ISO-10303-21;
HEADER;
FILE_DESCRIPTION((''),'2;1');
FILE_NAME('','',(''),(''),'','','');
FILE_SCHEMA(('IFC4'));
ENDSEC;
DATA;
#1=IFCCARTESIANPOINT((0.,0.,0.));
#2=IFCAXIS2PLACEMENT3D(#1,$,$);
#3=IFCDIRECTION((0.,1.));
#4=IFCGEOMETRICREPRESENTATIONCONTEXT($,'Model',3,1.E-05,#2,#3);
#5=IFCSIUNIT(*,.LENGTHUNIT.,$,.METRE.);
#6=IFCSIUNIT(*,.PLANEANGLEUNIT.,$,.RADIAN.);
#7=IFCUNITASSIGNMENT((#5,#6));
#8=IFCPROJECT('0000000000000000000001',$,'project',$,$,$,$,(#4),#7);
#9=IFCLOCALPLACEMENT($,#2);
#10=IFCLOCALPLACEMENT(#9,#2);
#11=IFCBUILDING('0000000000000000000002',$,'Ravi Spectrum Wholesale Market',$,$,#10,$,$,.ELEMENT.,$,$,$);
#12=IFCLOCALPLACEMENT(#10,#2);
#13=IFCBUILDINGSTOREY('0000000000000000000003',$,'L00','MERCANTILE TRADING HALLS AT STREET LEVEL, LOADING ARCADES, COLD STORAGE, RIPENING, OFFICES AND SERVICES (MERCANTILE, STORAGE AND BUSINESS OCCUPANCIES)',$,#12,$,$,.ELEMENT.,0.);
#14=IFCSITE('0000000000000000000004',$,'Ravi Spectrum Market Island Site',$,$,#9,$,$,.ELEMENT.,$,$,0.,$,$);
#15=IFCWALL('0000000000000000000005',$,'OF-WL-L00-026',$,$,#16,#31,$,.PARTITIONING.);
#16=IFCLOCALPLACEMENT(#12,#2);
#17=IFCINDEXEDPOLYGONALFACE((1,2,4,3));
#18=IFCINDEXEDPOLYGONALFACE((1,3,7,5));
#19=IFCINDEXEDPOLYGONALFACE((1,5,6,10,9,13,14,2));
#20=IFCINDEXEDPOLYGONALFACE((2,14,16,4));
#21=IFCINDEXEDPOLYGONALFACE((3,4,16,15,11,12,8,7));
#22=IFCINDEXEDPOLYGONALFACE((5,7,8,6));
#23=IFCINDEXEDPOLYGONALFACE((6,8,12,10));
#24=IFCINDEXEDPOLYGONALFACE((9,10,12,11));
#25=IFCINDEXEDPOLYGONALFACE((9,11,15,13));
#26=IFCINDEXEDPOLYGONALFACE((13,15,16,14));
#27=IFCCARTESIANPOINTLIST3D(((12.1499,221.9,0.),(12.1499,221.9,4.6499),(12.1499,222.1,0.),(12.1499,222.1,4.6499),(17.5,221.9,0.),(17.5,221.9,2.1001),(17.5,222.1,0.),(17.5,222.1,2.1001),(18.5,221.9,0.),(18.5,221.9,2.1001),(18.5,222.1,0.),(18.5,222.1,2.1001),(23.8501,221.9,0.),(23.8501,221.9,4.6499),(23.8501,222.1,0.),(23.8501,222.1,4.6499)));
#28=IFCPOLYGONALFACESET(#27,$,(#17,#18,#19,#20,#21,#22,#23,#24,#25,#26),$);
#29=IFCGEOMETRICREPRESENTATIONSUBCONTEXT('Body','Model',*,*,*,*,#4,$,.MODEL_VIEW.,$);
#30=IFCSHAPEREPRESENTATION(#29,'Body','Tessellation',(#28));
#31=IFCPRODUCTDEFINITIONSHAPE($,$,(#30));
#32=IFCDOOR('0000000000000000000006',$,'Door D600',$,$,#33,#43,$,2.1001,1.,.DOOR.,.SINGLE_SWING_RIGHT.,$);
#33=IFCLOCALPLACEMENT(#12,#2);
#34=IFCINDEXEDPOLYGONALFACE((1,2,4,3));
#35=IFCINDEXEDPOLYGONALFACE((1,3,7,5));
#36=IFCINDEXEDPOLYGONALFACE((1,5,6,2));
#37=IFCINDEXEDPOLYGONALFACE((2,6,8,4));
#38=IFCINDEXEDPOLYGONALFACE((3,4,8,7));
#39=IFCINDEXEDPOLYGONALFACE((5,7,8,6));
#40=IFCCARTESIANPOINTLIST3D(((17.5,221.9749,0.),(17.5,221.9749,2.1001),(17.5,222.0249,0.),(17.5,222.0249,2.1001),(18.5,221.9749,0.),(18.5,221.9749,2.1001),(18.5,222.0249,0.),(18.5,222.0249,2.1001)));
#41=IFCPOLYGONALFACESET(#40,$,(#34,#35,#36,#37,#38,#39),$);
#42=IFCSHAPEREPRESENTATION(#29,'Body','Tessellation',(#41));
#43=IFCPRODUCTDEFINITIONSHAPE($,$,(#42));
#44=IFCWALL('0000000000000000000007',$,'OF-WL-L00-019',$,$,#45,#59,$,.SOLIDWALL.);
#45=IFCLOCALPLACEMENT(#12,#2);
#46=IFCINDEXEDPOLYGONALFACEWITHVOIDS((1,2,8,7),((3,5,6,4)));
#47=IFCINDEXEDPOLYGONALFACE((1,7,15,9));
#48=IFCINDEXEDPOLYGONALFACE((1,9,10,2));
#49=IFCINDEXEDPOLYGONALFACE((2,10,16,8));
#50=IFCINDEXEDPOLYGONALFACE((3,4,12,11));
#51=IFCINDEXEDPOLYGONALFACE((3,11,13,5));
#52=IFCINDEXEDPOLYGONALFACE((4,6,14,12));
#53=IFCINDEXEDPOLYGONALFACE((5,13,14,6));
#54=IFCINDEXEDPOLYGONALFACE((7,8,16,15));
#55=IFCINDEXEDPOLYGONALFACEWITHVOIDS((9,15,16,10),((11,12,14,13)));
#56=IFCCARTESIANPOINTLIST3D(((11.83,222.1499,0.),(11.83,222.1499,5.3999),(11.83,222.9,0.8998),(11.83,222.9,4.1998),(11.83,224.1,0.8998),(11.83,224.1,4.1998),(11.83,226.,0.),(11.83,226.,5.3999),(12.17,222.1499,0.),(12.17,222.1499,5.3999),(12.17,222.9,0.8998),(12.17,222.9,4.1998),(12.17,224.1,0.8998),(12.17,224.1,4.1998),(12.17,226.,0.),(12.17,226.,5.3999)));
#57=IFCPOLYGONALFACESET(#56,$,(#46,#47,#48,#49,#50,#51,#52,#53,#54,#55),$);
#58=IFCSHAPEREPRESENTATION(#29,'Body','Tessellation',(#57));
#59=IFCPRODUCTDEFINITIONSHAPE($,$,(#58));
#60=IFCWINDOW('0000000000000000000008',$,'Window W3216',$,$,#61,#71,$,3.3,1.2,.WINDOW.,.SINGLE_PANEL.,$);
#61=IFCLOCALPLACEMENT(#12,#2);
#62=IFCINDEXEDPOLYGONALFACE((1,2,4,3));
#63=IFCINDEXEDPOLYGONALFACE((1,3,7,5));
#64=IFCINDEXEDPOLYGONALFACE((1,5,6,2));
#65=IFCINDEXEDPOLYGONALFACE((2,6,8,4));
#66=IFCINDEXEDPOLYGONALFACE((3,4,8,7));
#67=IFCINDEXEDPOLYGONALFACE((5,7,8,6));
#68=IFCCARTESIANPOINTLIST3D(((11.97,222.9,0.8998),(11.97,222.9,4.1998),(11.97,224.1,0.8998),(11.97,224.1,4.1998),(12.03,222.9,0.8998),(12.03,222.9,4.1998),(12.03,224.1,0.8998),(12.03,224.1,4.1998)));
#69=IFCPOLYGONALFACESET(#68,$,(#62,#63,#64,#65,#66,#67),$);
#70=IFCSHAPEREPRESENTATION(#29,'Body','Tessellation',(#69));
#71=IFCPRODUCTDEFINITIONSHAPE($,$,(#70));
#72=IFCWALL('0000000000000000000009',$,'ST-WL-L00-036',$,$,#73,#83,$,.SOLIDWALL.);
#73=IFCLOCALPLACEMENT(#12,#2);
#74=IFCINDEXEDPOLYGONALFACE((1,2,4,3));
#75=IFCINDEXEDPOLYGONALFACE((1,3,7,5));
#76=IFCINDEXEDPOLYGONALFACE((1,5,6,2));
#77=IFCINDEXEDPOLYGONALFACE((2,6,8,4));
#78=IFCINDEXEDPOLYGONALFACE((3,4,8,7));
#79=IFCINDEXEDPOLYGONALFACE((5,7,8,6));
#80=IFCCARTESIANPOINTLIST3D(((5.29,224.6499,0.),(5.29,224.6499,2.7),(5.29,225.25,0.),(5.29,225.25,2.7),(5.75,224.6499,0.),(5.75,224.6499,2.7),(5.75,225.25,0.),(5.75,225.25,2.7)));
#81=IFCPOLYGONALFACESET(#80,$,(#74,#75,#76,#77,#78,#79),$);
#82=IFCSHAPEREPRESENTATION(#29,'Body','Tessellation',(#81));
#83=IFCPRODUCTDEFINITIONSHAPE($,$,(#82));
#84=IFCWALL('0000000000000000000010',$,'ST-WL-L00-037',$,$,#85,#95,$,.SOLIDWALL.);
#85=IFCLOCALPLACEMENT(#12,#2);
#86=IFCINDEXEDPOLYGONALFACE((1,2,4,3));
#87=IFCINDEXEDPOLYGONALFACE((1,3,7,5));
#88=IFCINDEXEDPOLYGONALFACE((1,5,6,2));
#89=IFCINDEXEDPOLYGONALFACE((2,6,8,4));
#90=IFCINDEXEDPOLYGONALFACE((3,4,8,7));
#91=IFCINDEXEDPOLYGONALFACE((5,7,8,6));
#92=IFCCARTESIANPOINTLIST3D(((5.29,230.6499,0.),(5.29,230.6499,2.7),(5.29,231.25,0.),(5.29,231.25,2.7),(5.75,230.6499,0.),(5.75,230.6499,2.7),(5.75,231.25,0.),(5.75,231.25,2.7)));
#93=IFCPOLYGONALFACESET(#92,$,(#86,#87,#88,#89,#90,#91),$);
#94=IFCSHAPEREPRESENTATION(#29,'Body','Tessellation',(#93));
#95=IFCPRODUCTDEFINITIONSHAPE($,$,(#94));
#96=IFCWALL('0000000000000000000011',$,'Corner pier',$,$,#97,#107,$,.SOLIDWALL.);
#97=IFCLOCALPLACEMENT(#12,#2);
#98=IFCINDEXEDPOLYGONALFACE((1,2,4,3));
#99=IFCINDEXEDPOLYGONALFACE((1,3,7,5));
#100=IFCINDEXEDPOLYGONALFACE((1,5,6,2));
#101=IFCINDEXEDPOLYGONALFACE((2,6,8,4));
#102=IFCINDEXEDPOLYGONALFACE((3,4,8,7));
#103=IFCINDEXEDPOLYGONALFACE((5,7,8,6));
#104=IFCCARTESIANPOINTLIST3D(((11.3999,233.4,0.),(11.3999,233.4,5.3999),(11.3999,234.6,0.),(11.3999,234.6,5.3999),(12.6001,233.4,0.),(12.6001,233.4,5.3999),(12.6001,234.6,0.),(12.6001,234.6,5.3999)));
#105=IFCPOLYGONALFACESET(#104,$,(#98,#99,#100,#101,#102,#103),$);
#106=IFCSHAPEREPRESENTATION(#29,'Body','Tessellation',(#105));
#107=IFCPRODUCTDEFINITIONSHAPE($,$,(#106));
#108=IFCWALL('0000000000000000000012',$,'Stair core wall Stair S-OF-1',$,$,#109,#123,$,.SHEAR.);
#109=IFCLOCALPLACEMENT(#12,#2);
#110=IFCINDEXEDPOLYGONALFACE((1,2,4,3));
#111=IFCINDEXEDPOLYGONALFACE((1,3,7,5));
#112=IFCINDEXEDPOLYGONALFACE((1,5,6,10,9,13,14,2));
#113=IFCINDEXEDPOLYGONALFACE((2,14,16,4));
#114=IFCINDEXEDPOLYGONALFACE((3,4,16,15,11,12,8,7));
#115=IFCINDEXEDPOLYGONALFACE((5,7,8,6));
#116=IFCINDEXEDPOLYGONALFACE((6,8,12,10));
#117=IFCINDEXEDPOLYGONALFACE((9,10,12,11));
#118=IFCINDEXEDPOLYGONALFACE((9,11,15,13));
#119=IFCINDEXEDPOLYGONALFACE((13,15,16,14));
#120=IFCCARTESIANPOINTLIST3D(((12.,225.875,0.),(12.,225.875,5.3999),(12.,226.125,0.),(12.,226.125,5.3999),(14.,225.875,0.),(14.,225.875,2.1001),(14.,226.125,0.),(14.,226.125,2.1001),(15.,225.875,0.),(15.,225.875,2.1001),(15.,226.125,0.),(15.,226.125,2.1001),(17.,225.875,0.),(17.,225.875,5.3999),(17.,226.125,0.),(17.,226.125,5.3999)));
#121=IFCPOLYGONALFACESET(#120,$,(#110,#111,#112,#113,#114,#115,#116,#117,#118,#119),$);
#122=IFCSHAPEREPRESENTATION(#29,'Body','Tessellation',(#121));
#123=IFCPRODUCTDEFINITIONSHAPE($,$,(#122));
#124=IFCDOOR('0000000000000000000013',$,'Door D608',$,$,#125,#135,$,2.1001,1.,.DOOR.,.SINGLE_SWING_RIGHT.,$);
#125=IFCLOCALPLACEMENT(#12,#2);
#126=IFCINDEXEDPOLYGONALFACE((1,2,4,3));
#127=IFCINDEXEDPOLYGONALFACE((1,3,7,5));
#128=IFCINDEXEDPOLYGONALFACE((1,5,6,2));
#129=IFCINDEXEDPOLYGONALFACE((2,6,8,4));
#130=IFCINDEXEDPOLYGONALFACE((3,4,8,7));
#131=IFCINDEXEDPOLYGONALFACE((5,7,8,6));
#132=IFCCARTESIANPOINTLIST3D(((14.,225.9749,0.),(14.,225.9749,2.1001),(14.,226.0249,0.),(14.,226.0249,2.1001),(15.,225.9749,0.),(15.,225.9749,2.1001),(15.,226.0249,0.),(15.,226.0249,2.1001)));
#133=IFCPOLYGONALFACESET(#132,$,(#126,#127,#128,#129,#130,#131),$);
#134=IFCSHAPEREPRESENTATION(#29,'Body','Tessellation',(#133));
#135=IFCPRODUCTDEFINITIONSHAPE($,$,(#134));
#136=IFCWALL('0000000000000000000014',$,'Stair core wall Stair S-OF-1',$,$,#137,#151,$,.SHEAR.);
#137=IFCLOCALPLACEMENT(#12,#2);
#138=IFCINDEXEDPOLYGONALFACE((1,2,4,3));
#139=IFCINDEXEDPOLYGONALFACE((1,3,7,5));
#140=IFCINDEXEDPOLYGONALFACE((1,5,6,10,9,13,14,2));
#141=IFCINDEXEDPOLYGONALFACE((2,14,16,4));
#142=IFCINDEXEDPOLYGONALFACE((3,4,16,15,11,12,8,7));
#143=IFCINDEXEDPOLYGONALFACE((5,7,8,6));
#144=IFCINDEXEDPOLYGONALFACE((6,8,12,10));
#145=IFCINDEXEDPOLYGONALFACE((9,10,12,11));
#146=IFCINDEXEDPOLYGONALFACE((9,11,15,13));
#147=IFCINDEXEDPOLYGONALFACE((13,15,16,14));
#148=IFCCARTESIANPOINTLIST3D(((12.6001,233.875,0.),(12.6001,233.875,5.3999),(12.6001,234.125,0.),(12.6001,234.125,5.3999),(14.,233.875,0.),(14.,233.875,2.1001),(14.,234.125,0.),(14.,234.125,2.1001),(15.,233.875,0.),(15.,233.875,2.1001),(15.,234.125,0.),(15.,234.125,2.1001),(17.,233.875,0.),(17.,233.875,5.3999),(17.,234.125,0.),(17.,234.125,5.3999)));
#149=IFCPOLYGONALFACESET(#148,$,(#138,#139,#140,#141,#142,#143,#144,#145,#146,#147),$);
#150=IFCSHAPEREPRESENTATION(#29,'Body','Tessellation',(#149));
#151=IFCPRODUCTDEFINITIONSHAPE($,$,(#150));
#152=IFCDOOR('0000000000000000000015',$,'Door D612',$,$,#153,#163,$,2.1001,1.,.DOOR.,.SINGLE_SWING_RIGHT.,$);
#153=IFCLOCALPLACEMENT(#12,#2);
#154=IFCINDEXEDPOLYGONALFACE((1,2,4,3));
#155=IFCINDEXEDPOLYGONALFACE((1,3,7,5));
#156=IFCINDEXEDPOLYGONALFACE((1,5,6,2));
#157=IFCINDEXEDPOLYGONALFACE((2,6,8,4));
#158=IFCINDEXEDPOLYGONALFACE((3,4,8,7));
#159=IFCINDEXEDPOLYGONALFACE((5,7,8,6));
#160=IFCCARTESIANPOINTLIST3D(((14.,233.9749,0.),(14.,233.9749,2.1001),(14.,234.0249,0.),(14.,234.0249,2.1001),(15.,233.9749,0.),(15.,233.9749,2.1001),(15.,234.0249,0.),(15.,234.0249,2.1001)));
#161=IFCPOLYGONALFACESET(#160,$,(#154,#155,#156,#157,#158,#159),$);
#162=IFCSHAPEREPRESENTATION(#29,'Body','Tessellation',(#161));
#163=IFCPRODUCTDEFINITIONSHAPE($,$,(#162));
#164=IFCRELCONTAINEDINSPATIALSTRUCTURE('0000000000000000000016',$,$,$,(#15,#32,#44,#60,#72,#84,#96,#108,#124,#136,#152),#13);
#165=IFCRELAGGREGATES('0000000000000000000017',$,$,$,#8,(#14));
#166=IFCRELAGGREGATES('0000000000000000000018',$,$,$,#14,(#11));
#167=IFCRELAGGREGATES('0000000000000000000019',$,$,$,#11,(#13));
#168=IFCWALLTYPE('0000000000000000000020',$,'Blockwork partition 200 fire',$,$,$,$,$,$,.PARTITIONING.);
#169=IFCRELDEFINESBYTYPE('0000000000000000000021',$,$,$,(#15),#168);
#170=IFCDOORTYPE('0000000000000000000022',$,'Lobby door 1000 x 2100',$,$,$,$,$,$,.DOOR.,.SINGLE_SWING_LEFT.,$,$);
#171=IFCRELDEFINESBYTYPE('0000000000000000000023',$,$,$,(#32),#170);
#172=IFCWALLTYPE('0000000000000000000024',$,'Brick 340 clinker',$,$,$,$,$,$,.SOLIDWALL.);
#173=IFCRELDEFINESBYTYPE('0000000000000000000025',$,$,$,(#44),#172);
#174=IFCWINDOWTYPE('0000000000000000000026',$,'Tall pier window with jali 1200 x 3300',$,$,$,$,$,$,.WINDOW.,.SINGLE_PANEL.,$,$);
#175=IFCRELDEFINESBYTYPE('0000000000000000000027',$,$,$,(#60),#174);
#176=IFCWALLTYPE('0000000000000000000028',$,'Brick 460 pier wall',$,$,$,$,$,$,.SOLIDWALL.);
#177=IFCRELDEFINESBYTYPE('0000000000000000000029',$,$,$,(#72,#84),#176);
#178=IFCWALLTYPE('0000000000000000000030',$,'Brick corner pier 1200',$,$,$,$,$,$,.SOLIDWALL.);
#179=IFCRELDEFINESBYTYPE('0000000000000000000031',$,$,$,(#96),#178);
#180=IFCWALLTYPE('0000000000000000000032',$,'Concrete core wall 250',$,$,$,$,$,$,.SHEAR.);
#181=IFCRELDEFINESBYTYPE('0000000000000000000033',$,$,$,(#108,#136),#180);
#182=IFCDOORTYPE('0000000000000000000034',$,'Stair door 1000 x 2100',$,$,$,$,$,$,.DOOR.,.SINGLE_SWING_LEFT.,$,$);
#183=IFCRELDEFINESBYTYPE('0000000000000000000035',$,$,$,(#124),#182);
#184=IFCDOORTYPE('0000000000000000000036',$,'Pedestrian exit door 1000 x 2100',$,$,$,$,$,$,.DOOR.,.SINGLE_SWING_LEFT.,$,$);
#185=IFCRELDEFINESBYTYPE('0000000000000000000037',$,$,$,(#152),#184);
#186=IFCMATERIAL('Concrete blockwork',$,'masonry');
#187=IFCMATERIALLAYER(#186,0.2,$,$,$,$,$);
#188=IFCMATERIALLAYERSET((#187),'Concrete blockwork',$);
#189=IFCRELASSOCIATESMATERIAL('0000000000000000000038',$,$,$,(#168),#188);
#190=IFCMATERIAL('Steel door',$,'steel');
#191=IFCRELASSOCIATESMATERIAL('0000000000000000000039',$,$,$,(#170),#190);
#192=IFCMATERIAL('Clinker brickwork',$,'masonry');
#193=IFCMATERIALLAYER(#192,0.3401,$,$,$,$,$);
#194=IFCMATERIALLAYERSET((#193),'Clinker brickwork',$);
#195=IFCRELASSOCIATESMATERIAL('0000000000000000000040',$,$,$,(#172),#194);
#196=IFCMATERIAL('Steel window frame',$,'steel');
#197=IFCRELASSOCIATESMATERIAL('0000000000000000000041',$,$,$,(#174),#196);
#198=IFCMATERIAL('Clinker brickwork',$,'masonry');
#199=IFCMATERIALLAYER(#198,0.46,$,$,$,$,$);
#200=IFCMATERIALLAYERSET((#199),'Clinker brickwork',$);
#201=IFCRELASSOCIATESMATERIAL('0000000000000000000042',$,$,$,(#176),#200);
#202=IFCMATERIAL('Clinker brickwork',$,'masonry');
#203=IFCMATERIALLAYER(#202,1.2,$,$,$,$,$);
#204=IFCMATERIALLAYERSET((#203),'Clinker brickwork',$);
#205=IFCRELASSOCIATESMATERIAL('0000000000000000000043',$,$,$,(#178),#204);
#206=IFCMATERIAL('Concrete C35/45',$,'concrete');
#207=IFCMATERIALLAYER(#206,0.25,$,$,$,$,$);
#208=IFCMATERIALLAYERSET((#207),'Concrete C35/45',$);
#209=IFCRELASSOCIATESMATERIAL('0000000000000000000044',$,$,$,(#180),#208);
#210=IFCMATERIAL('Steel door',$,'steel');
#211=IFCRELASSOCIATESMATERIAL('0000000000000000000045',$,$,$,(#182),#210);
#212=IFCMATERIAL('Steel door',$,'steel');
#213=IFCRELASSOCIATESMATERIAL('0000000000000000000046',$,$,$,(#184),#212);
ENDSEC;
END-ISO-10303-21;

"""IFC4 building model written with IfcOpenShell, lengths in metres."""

from ifc_helpers import new_model, si_unit, direction, frame, frame_2d, origin, place, context, subcontext, project, spatial, rectangle, extrude, material, layer, layer_set, type_object, element, fill, save


model = new_model("IFC4")

# Units and contexts
model_context = context("Model", 3, precision=1e-05, world=origin(), true_north=direction((0.0, 1.0)))
body_context = subcontext(model_context, "Body", "Model", "MODEL_VIEW")
ifc_project = project(units=[si_unit("LENGTHUNIT", "METRE"), si_unit("PLANEANGLEUNIT", "RADIAN")], contexts=[model_context])

# Site, building, storey
site_placement = place(None, origin())
site = spatial("IfcSite", under=ifc_project, at=site_placement, Name="Ravi Spectrum Market Island Site", CompositionType="ELEMENT", RefElevation=0.0)
building_placement = place(site_placement, origin())
building = spatial("IfcBuilding", under=site, at=building_placement, Name="Ravi Spectrum Wholesale Market", CompositionType="ELEMENT")
storey_placement = place(building_placement, origin())
storey = spatial("IfcBuildingStorey", under=building, at=storey_placement, Name="L00", Description="MERCANTILE TRADING HALLS AT STREET LEVEL, LOADING ARCADES, COLD STORAGE, RIPENING, OFFICES AND SERVICES (MERCANTILE, STORAGE AND BUSINESS OCCUPANCIES)", CompositionType="ELEMENT", Elevation=0.0)

# Wall, opening, door
ifc_material_1 = material(Name="Concrete blockwork", Category="masonry")
ifc_layer_1 = layer(ifc_material_1, 0.2)
ifc_layer_set_1 = layer_set([ifc_layer_1], Name="Concrete blockwork")
wall_type_1 = type_object("IfcWallType", Name="Blockwork partition 200 fire", PredefinedType="PARTITIONING", material=ifc_layer_set_1)
wall_1_placement = place(storey_placement, frame((12.1499, 222.0, 0.0), z_axis=(0.0, 0.0, 1.0), x_axis=(1.0, 0.0, 0.0)))
wall_1 = element("IfcWall", 1, at=wall_1_placement, inside=storey, type_object=wall_type_1, Name="OF-WL-L00-026", PredefinedType="PARTITIONING", context=body_context, shape_type="SweptSolid", body=[
    extrude(rectangle(XDim=11.7002, YDim=0.2, at=frame_2d((5.8501, 0.0))), origin(), (0.0, 0.0, 1.0), 4.6499),
])
opening_1_placement = place(wall_1_placement, frame((5.3501, 0.0, 0.0)))
opening_1 = element("IfcOpeningElement", 2, at=opening_1_placement, cuts=wall_1, PredefinedType="OPENING", context=body_context, shape_type="SweptSolid", body=[
    extrude(rectangle(XDim=1.0, YDim=2.1001, at=frame_2d((0.5, 1.05))), frame((0.0, 0.1099, 0.0), z_axis=(0.0, -1.0, 0.0), x_axis=(1.0, 0.0, 0.0)), (0.0, 0.0, 1.0), 0.22),
])
ifc_material_2 = material(Name="Steel door", Category="steel")
door_type_1 = type_object("IfcDoorType", Name="Lobby door 1000 x 2100", OperationType="SINGLE_SWING_LEFT", PredefinedType="DOOR", material=ifc_material_2)
door_1_placement = place(opening_1_placement, origin())
door_1 = element("IfcDoor", 3, at=door_1_placement, inside=storey, type_object=door_type_1, Name="Door D600", OperationType="SINGLE_SWING_RIGHT", OverallHeight=2.1001, OverallWidth=1.0, PredefinedType="DOOR", context=body_context, shape_type="SweptSolid", body=[
    extrude(rectangle(XDim=1.0, YDim=2.1001, at=frame_2d((0.5, 1.05))), frame((0.0, 0.0249, 0.0), z_axis=(0.0, -1.0, 0.0), x_axis=(1.0, 0.0, 0.0)), (0.0, 0.0, 1.0), 0.05),
])
fill(opening_1, door_1)

# Wall, opening, window
ifc_material_3 = material(Name="Clinker brickwork", Category="masonry")
ifc_layer_2 = layer(ifc_material_3, 0.3401)
ifc_layer_set_2 = layer_set([ifc_layer_2], Name="Clinker brickwork")
wall_type_2 = type_object("IfcWallType", Name="Brick 340 clinker", PredefinedType="SOLIDWALL", material=ifc_layer_set_2)
wall_2_placement = place(storey_placement, frame((12.0, 222.1499, 0.0), z_axis=(0.0, 0.0, 1.0), x_axis=(0.0, 1.0, 0.0)))
wall_2 = element("IfcWall", 4, at=wall_2_placement, inside=storey, type_object=wall_type_2, Name="OF-WL-L00-019", PredefinedType="SOLIDWALL", context=body_context, shape_type="SweptSolid", body=[
    extrude(rectangle(XDim=3.8501, YDim=0.3401, at=frame_2d((1.925, 0.0))), origin(), (0.0, 0.0, 1.0), 5.3999),
])
opening_2_placement = place(wall_2_placement, frame((0.75, 0.0, 0.8999)))
opening_2 = element("IfcOpeningElement", 5, at=opening_2_placement, cuts=wall_2, PredefinedType="OPENING", context=body_context, shape_type="SweptSolid", body=[
    extrude(rectangle(XDim=1.2, YDim=3.3, at=frame_2d((0.6001, 1.6499))), frame((0.0, 0.1799, 0.0), z_axis=(0.0, -1.0, 0.0), x_axis=(1.0, 0.0, 0.0)), (0.0, 0.0, 1.0), 0.3601),
])
ifc_material_4 = material(Name="Steel window frame", Category="steel")
window_type = type_object("IfcWindowType", Name="Tall pier window with jali 1200 x 3300", PartitioningType="SINGLE_PANEL", PredefinedType="WINDOW", material=ifc_material_4)
window_placement = place(opening_2_placement, origin())
window = element("IfcWindow", 6, at=window_placement, inside=storey, type_object=window_type, Name="Window W3216", OverallHeight=3.3, OverallWidth=1.2, PartitioningType="SINGLE_PANEL", PredefinedType="WINDOW", context=body_context, shape_type="SweptSolid", body=[
    extrude(rectangle(XDim=1.2, YDim=3.3, at=frame_2d((0.6001, 1.6499))), frame((0.0, 0.03, 0.0), z_axis=(0.0, -1.0, 0.0), x_axis=(1.0, 0.0, 0.0)), (0.0, 0.0, 1.0), 0.0601),
])
fill(opening_2, window)

# Walls
ifc_material_5 = material(Name="Clinker brickwork", Category="masonry")
ifc_layer_3 = layer(ifc_material_5, 0.46)
ifc_layer_set_3 = layer_set([ifc_layer_3], Name="Clinker brickwork")
wall_type_3 = type_object("IfcWallType", Name="Brick 460 pier wall", PredefinedType="SOLIDWALL", material=ifc_layer_set_3)
for number, where, z_axis, x_axis, name in (
    (7, (5.52, 224.6499, 0.0), (0.0, 0.0, 1.0), (0.0, 1.0, 0.0), "ST-WL-L00-036"),
    (8, (5.52, 230.6499, 0.0), (0.0, 0.0, 1.0), (0.0, 1.0, 0.0), "ST-WL-L00-037"),
):
    element("IfcWall", number, at=place(storey_placement, frame(where, z_axis=z_axis, x_axis=x_axis)), inside=storey, type_object=wall_type_3, Name=name, PredefinedType="SOLIDWALL", context=body_context, shape_type="SweptSolid", body=[
        extrude(rectangle(XDim=0.6001, YDim=0.46, at=frame_2d((0.3, 0.0))), origin(), (0.0, 0.0, 1.0), 2.7),
    ])
ifc_material_6 = material(Name="Clinker brickwork", Category="masonry")
ifc_layer_4 = layer(ifc_material_6, 1.2)
ifc_layer_set_4 = layer_set([ifc_layer_4], Name="Clinker brickwork")
wall_type_4 = type_object("IfcWallType", Name="Brick corner pier 1200", PredefinedType="SOLIDWALL", material=ifc_layer_set_4)
wall_3_placement = place(storey_placement, frame((11.3999, 234.0, 0.0), z_axis=(0.0, 0.0, 1.0), x_axis=(1.0, 0.0, 0.0)))
element("IfcWall", 9, at=wall_3_placement, inside=storey, type_object=wall_type_4, Name="Corner pier", PredefinedType="SOLIDWALL", context=body_context, shape_type="SweptSolid", body=[
    extrude(rectangle(XDim=1.2002, YDim=1.2, at=frame_2d((0.6001, 0.0))), origin(), (0.0, 0.0, 1.0), 5.3999),
])

# Walls, openings, doors
ifc_material_7 = material(Name="Concrete C35/45", Category="concrete")
ifc_layer_5 = layer(ifc_material_7, 0.25)
ifc_layer_set_5 = layer_set([ifc_layer_5], Name="Concrete C35/45")
wall_type_5 = type_object("IfcWallType", Name="Concrete core wall 250", PredefinedType="SHEAR", material=ifc_layer_set_5)
wall_4_placement = place(storey_placement, frame((12.0, 226.0, 0.0), z_axis=(0.0, 0.0, 1.0), x_axis=(1.0, 0.0, 0.0)))
wall_4 = element("IfcWall", 10, at=wall_4_placement, inside=storey, type_object=wall_type_5, Name="Stair core wall Stair S-OF-1", PredefinedType="SHEAR", context=body_context, shape_type="SweptSolid", body=[
    extrude(rectangle(XDim=5.0, YDim=0.25, at=frame_2d((2.5, 0.0))), origin(), (0.0, 0.0, 1.0), 5.3999),
])
opening_3_placement = place(wall_4_placement, frame((2.0, 0.0, 0.0)))
opening_3 = element("IfcOpeningElement", 11, at=opening_3_placement, cuts=wall_4, PredefinedType="OPENING", context=body_context, shape_type="SweptSolid", body=[
    extrude(rectangle(XDim=1.0, YDim=2.1001, at=frame_2d((0.5, 1.05))), frame((0.0, 0.135, 0.0), z_axis=(0.0, -1.0, 0.0), x_axis=(1.0, 0.0, 0.0)), (0.0, 0.0, 1.0), 0.27),
])
ifc_material_8 = material(Name="Steel door", Category="steel")
door_type_2 = type_object("IfcDoorType", Name="Stair door 1000 x 2100", OperationType="SINGLE_SWING_LEFT", PredefinedType="DOOR", material=ifc_material_8)
door_2_placement = place(opening_3_placement, origin())
door_2 = element("IfcDoor", 12, at=door_2_placement, inside=storey, type_object=door_type_2, Name="Door D608", OperationType="SINGLE_SWING_RIGHT", OverallHeight=2.1001, OverallWidth=1.0, PredefinedType="DOOR", context=body_context, shape_type="SweptSolid", body=[
    extrude(rectangle(XDim=1.0, YDim=2.1001, at=frame_2d((0.5, 1.05))), frame((0.0, 0.0249, 0.0), z_axis=(0.0, -1.0, 0.0), x_axis=(1.0, 0.0, 0.0)), (0.0, 0.0, 1.0), 0.05),
])
fill(opening_3, door_2)
wall_5_placement = place(storey_placement, frame((12.6001, 234.0, 0.0), z_axis=(0.0, 0.0, 1.0), x_axis=(1.0, 0.0, 0.0)))
wall_5 = element("IfcWall", 13, at=wall_5_placement, inside=storey, type_object=wall_type_5, Name="Stair core wall Stair S-OF-1", PredefinedType="SHEAR", context=body_context, shape_type="SweptSolid", body=[
    extrude(rectangle(XDim=4.3999, YDim=0.25, at=frame_2d((2.2, 0.0))), origin(), (0.0, 0.0, 1.0), 5.3999),
])
opening_4_placement = place(wall_5_placement, frame((1.3999, 0.0, 0.0)))
opening_4 = element("IfcOpeningElement", 14, at=opening_4_placement, cuts=wall_5, PredefinedType="OPENING", context=body_context, shape_type="SweptSolid", body=[
    extrude(rectangle(XDim=1.0, YDim=2.1001, at=frame_2d((0.5, 1.05))), frame((0.0, 0.135, 0.0), z_axis=(0.0, -1.0, 0.0), x_axis=(1.0, 0.0, 0.0)), (0.0, 0.0, 1.0), 0.27),
])
ifc_material_9 = material(Name="Steel door", Category="steel")
door_type_3 = type_object("IfcDoorType", Name="Pedestrian exit door 1000 x 2100", OperationType="SINGLE_SWING_LEFT", PredefinedType="DOOR", material=ifc_material_9)
door_3_placement = place(opening_4_placement, origin())
door_3 = element("IfcDoor", 15, at=door_3_placement, inside=storey, type_object=door_type_3, Name="Door D612", OperationType="SINGLE_SWING_RIGHT", OverallHeight=2.1001, OverallWidth=1.0, PredefinedType="DOOR", context=body_context, shape_type="SweptSolid", body=[
    extrude(rectangle(XDim=1.0, YDim=2.1001, at=frame_2d((0.5, 1.05))), frame((0.0, 0.0249, 0.0), z_axis=(0.0, -1.0, 0.0), x_axis=(1.0, 0.0, 0.0)), (0.0, 0.0, 1.0), 0.05),
])
fill(opening_4, door_3)

save(model, "model.ifc")
